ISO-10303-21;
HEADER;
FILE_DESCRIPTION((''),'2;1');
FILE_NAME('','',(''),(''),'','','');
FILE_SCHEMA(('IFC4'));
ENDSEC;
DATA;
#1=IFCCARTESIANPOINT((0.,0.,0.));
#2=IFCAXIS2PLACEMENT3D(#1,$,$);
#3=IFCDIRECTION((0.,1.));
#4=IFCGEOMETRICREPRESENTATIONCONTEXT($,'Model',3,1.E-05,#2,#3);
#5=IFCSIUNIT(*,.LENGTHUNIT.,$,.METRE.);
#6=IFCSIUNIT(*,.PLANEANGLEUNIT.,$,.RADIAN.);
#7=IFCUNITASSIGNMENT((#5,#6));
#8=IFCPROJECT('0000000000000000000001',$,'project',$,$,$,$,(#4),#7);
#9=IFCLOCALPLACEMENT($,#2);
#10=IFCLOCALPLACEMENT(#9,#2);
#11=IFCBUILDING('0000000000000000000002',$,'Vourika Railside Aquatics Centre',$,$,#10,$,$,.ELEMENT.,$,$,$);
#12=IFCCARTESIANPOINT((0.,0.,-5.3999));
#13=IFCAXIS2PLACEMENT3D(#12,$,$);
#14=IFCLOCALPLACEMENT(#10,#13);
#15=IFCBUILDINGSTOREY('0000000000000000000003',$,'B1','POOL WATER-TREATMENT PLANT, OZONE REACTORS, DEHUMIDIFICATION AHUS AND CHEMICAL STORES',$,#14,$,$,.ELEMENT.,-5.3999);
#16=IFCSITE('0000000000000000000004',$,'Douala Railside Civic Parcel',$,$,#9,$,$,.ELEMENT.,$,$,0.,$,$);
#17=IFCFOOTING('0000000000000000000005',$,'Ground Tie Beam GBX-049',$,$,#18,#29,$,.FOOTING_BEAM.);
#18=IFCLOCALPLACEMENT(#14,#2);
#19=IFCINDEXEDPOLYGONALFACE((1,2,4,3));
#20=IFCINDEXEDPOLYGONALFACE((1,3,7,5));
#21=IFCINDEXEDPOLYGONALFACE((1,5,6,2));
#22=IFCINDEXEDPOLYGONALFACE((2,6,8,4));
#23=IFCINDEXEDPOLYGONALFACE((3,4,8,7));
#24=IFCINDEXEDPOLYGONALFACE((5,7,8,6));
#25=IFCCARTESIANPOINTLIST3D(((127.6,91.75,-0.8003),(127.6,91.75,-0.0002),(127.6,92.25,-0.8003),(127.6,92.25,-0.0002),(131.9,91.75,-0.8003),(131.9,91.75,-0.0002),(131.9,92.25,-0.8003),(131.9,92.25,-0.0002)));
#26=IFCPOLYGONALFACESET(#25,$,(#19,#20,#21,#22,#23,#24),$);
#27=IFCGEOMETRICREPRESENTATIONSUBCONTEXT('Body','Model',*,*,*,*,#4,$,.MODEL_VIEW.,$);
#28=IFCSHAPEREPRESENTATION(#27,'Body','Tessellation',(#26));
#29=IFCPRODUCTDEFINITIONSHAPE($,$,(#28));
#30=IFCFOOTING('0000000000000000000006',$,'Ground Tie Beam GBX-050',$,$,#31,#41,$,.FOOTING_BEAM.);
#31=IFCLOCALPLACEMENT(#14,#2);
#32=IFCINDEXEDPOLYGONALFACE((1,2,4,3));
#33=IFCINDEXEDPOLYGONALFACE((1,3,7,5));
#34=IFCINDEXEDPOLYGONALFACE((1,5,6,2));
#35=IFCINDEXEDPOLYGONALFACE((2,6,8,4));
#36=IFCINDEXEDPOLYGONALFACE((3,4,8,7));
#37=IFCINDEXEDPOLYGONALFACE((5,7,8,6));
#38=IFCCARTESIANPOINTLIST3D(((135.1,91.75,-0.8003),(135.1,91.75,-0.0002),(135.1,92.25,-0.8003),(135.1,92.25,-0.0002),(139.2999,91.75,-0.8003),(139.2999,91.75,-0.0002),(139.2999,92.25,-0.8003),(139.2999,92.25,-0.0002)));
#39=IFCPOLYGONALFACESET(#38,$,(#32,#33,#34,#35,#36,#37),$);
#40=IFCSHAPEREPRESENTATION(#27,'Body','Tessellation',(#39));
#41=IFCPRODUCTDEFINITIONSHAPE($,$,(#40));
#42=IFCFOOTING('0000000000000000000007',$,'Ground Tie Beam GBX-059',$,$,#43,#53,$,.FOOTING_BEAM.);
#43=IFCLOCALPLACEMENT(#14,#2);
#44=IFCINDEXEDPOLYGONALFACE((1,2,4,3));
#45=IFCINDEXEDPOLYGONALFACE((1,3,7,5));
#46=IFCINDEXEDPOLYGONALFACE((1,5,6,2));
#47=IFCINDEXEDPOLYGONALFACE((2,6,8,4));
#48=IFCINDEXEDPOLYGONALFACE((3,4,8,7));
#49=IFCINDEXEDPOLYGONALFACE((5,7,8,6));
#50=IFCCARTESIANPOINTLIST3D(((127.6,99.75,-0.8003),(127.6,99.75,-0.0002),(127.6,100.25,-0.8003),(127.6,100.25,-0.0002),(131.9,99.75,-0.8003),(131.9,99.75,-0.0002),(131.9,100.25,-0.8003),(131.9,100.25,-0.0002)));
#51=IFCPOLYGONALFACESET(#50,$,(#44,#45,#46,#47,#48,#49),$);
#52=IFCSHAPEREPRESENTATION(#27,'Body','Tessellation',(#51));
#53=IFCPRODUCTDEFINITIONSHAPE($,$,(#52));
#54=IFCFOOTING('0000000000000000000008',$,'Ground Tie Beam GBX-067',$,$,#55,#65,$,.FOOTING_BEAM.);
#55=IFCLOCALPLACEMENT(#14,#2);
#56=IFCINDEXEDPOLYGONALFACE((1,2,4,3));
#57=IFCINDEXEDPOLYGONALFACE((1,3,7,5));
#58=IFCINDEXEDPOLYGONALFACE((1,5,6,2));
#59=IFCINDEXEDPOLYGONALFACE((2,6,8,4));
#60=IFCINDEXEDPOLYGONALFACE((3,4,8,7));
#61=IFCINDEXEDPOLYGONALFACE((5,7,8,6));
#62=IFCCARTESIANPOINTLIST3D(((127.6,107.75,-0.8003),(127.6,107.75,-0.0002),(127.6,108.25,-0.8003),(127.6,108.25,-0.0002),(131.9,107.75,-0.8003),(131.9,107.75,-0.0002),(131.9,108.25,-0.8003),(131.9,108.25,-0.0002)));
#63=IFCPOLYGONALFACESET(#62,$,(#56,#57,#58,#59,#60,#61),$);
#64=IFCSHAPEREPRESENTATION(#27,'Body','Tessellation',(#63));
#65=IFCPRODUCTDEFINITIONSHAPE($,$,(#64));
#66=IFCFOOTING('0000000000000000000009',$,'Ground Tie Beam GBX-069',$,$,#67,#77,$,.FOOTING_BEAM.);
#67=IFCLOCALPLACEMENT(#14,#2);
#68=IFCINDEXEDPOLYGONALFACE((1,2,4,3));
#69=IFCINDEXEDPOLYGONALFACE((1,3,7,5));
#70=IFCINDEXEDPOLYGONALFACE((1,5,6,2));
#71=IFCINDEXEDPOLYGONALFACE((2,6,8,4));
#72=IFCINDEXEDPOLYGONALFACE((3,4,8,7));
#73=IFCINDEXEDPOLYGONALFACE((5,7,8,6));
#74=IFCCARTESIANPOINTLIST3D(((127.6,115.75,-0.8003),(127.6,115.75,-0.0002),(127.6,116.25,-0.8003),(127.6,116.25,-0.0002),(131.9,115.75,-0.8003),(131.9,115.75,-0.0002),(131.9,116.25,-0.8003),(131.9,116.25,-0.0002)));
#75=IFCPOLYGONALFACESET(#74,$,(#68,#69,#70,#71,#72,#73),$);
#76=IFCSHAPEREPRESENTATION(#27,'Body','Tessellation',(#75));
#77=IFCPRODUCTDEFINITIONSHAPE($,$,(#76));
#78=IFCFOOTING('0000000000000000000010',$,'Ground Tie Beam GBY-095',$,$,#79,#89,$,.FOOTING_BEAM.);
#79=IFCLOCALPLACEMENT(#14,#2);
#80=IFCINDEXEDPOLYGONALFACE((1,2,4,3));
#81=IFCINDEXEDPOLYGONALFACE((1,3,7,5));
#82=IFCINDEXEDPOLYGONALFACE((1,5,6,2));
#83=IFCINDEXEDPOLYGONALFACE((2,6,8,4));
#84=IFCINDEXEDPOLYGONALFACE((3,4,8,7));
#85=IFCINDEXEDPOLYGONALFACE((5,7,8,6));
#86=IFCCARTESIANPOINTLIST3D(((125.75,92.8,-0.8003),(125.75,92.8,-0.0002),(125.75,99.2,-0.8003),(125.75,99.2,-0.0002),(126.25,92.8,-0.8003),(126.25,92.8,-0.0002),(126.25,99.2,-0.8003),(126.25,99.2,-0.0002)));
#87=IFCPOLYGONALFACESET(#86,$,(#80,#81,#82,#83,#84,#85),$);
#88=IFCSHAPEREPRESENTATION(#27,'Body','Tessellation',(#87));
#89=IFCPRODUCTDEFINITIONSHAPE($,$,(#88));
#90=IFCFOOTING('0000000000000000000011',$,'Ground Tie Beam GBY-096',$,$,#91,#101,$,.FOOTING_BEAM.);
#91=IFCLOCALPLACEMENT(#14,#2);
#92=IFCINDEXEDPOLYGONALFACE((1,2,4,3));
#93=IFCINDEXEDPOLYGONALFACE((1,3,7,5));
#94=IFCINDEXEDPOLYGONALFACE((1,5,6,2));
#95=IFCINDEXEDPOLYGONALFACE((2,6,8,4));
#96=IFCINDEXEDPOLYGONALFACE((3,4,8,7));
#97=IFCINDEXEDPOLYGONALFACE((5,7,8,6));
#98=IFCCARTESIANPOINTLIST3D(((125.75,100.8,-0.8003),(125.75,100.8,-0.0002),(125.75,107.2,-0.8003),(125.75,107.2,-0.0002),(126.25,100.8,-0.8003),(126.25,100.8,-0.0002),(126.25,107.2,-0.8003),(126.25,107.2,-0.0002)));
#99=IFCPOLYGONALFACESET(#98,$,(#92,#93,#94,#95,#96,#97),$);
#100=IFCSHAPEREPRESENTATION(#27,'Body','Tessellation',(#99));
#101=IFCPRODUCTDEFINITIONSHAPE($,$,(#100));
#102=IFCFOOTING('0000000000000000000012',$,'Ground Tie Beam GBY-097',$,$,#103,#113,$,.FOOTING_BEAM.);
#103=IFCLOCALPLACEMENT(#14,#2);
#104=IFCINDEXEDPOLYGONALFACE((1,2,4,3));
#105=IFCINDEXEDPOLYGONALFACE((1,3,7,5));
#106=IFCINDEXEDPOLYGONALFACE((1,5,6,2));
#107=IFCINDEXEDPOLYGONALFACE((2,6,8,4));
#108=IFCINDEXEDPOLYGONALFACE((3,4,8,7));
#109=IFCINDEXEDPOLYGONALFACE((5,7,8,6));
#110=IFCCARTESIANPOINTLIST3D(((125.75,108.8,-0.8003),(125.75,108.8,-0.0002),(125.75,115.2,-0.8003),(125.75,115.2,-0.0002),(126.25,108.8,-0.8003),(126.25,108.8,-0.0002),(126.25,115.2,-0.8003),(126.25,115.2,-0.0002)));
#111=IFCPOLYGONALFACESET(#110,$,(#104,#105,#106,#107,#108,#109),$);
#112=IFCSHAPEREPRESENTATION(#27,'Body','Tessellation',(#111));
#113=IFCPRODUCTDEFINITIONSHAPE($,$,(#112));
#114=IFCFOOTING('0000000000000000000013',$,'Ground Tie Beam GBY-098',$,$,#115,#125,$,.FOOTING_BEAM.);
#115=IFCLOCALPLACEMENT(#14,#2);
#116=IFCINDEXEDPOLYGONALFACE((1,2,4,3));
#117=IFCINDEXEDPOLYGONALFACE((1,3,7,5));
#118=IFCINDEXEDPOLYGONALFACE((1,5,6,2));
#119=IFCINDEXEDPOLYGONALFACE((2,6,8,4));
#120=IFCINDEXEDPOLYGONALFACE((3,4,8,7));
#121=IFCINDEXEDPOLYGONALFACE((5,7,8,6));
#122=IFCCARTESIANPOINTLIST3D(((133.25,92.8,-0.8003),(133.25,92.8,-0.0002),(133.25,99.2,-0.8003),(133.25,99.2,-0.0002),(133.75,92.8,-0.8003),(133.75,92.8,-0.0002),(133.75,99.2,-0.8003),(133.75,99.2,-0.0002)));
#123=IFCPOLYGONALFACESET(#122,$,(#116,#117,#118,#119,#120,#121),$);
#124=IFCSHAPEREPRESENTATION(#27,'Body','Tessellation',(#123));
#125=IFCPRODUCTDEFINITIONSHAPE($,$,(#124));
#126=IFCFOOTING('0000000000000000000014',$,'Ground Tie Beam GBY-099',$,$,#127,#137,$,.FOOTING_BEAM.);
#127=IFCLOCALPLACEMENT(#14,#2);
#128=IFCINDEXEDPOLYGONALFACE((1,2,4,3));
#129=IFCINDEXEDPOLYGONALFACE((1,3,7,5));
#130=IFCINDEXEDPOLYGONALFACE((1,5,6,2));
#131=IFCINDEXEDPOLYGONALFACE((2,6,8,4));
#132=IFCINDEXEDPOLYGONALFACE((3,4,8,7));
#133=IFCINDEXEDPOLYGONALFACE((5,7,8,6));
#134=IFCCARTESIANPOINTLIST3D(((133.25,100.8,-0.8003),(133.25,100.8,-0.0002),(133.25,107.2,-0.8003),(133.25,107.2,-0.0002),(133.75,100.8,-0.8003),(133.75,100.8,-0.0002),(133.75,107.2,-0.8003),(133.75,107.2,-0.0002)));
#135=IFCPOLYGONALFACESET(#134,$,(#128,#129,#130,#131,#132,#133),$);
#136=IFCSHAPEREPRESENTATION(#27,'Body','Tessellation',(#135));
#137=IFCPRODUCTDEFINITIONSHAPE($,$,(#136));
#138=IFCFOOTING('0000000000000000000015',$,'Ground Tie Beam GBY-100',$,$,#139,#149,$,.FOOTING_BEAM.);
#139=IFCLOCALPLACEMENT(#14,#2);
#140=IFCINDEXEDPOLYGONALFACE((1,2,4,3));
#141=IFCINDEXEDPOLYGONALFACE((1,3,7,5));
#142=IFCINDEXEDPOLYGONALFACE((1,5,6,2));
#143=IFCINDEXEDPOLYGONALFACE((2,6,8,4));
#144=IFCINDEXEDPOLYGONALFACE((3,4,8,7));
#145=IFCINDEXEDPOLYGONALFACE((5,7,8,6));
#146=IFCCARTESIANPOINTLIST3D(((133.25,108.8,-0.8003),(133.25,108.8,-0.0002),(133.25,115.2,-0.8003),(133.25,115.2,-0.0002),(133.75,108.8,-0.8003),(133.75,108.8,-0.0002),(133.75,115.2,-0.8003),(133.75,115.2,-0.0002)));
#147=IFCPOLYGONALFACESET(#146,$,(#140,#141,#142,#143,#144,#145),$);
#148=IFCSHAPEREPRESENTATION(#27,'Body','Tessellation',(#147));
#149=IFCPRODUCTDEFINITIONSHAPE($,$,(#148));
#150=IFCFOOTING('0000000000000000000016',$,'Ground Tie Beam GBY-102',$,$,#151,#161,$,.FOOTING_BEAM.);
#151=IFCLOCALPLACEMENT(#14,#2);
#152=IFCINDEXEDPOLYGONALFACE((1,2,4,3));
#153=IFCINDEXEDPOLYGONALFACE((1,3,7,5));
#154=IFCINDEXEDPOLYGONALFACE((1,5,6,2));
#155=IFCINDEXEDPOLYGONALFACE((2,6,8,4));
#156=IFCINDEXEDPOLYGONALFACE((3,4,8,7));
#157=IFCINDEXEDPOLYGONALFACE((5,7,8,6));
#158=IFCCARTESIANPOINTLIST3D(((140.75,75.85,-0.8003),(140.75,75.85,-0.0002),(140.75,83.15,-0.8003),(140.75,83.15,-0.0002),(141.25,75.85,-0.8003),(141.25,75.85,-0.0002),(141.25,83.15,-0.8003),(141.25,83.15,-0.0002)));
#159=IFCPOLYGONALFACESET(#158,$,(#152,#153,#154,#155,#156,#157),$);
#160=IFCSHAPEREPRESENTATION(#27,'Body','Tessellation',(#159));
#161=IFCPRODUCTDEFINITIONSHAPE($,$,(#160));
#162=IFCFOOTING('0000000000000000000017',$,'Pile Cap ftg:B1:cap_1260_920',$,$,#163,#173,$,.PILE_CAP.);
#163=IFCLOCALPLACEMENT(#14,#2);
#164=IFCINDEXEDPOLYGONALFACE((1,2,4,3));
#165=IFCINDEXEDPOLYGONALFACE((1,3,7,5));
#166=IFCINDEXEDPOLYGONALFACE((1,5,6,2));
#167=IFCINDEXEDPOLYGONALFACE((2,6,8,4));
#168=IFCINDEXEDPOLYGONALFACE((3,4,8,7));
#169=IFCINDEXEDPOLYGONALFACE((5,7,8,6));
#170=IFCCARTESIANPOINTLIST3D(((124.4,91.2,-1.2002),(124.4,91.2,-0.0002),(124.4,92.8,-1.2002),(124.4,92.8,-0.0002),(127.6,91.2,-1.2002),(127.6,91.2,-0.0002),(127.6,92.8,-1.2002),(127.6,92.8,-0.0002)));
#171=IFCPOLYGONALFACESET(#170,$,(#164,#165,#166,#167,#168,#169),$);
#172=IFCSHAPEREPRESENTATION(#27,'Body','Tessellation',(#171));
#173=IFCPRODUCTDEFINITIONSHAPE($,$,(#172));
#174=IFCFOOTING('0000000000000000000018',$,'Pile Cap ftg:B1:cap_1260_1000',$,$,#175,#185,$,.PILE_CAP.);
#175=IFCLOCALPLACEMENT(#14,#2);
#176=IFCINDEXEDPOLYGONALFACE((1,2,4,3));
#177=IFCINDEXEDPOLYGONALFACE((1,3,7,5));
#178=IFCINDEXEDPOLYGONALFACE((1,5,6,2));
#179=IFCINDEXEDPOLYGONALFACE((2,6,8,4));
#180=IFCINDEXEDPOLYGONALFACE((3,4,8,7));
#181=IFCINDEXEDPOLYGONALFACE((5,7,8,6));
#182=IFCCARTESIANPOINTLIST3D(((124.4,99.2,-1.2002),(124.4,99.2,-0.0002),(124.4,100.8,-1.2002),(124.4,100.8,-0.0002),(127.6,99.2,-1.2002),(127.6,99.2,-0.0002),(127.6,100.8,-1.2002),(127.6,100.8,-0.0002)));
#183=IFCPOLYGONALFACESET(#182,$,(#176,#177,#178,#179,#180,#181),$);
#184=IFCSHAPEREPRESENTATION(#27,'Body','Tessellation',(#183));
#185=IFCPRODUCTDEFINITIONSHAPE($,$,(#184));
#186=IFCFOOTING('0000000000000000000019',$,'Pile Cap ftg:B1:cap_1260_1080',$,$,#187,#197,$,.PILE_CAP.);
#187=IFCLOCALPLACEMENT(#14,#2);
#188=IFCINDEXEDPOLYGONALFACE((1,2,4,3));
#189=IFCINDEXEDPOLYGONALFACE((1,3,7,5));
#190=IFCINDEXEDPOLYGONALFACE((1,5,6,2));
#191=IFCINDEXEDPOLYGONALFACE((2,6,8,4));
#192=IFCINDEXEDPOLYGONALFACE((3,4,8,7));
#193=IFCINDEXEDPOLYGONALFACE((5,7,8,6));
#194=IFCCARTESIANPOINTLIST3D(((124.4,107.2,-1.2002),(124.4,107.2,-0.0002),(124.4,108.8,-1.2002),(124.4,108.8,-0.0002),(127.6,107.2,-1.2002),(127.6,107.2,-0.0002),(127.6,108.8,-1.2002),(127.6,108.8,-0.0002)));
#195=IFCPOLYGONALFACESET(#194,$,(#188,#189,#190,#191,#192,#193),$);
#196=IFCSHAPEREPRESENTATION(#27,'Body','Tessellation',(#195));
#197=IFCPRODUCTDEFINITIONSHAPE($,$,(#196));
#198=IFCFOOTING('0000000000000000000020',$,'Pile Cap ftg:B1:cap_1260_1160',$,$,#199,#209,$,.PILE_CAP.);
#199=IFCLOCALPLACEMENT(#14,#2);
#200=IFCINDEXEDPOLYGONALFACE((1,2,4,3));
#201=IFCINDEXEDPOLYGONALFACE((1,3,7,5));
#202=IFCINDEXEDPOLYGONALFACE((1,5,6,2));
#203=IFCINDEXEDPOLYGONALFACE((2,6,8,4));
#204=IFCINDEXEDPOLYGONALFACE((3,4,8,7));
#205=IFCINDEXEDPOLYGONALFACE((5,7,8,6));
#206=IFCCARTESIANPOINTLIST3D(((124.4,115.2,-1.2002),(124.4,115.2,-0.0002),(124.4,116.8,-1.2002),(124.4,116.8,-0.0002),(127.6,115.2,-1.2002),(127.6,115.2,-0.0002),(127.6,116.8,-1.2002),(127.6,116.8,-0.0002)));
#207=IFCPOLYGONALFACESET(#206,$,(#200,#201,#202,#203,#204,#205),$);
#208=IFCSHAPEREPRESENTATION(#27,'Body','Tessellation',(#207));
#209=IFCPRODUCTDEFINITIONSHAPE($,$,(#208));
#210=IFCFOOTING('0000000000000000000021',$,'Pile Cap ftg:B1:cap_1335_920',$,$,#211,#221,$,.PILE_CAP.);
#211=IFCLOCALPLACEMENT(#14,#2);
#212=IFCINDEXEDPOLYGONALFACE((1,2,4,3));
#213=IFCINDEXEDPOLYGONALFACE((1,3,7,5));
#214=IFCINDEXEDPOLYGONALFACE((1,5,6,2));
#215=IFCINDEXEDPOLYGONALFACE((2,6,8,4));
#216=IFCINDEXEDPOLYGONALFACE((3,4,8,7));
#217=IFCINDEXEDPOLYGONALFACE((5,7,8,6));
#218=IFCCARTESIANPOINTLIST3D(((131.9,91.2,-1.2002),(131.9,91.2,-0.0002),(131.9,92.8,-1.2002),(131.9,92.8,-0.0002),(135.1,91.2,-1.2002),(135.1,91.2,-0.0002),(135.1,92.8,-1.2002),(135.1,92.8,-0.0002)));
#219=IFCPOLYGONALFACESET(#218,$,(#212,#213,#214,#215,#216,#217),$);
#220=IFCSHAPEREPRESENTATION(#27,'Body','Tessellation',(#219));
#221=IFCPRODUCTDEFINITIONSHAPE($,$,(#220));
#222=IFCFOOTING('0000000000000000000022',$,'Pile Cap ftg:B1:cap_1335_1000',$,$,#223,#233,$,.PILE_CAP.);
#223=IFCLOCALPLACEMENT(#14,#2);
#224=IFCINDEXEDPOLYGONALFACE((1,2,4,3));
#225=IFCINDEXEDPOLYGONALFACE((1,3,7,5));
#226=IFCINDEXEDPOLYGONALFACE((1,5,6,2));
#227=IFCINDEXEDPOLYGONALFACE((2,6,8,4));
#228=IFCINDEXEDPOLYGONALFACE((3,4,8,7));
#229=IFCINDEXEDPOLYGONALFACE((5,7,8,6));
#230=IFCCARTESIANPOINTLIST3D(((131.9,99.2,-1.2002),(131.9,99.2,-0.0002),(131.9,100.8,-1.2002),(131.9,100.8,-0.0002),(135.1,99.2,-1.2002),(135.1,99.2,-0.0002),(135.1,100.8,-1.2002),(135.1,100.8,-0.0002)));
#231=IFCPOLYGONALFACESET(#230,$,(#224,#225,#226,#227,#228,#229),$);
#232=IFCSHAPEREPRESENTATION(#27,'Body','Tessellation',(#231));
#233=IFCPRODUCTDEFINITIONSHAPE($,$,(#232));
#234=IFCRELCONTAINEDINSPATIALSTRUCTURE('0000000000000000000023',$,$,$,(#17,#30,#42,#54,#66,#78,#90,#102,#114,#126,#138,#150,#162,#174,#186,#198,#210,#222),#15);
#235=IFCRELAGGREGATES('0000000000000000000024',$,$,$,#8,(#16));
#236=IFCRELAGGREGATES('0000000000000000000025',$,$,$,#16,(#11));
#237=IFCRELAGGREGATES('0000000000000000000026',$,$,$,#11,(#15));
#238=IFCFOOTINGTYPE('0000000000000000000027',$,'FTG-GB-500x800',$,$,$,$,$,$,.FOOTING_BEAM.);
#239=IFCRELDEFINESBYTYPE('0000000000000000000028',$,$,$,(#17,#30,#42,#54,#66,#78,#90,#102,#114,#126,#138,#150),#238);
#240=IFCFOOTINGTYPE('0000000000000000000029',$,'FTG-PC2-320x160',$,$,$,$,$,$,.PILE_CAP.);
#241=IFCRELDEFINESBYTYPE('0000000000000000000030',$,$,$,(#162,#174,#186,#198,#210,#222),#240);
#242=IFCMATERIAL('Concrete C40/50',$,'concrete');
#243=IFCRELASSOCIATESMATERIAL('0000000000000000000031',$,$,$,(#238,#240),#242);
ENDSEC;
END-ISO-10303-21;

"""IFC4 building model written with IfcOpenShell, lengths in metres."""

from ifc_helpers import new_model, si_unit, direction, frame, origin, origin_2d, place, context, subcontext, project, spatial, rectangle, extrude, material, type_object, element, save


model = new_model("IFC4")

# Units and contexts
model_context = context("Model", 3, precision=1e-05, world=origin(), true_north=direction((0.0, 1.0)))
body_context = subcontext(model_context, "Body", "Model", "MODEL_VIEW")
ifc_project = project(units=[si_unit("LENGTHUNIT", "METRE"), si_unit("PLANEANGLEUNIT", "RADIAN")], contexts=[model_context])

# Site, building, storey
site_placement = place(None, origin())
site = spatial("IfcSite", under=ifc_project, at=site_placement, Name="Douala Railside Civic Parcel", CompositionType="ELEMENT", RefElevation=0.0)
building_placement = place(site_placement, origin())
building = spatial("IfcBuilding", under=site, at=building_placement, Name="Vourika Railside Aquatics Centre", CompositionType="ELEMENT")
storey_placement = place(building_placement, frame((0.0, 0.0, -5.3999)))
storey = spatial("IfcBuildingStorey", under=building, at=storey_placement, Name="B1", Description="POOL WATER-TREATMENT PLANT, OZONE REACTORS, DEHUMIDIFICATION AHUS AND CHEMICAL STORES", CompositionType="ELEMENT", Elevation=-5.3999)

# Footings
ifc_material = material(Name="Concrete C40/50", Category="concrete")
footing_type_1 = type_object("IfcFootingType", Name="FTG-GB-500x800", PredefinedType="FOOTING_BEAM", material=ifc_material)
footing_1_placement = place(storey_placement, frame((129.75, 92.0, -0.8003), z_axis=(0.0, 0.0, 1.0), x_axis=(1.0, 0.0, 0.0)))
element("IfcFooting", 1, at=footing_1_placement, inside=storey, type_object=footing_type_1, Name="Ground Tie Beam GBX-049", PredefinedType="FOOTING_BEAM", context=body_context, shape_type="SweptSolid", body=[
    extrude(rectangle(XDim=4.3, YDim=0.5, at=origin_2d()), origin(), (0.0, 0.0, 1.0), 0.8),
])
footing_2_placement = place(storey_placement, frame((137.2, 92.0, -0.8003), z_axis=(0.0, 0.0, 1.0), x_axis=(1.0, 0.0, 0.0)))
element("IfcFooting", 2, at=footing_2_placement, inside=storey, type_object=footing_type_1, Name="Ground Tie Beam GBX-050", PredefinedType="FOOTING_BEAM", context=body_context, shape_type="SweptSolid", body=[
    extrude(rectangle(XDim=4.2, YDim=0.5, at=origin_2d()), origin(), (0.0, 0.0, 1.0), 0.8),
])
for number, where, z_axis, x_axis, name in (
    (3, (129.75, 100.0, -0.8003), (0.0, 0.0, 1.0), (1.0, 0.0, 0.0), "Ground Tie Beam GBX-059"),
    (4, (129.75, 108.0, -0.8003), (0.0, 0.0, 1.0), (1.0, 0.0, 0.0), "Ground Tie Beam GBX-067"),
    (5, (129.75, 116.0, -0.8003), (0.0, 0.0, 1.0), (1.0, 0.0, 0.0), "Ground Tie Beam GBX-069"),
):
    element("IfcFooting", number, at=place(storey_placement, frame(where, z_axis=z_axis, x_axis=x_axis)), inside=storey, type_object=footing_type_1, Name=name, PredefinedType="FOOTING_BEAM", context=body_context, shape_type="SweptSolid", body=[
        extrude(rectangle(XDim=4.3, YDim=0.5, at=origin_2d()), origin(), (0.0, 0.0, 1.0), 0.8),
    ])
for number, where, z_axis, x_axis, name in (
    (6, (126.0, 96.0, -0.8003), (0.0, 0.0, 1.0), (0.0, 1.0, 0.0), "Ground Tie Beam GBY-095"),
    (7, (126.0, 104.0, -0.8003), (0.0, 0.0, 1.0), (0.0, 1.0, 0.0), "Ground Tie Beam GBY-096"),
    (8, (126.0, 112.0, -0.8003), (0.0, 0.0, 1.0), (0.0, 1.0, 0.0), "Ground Tie Beam GBY-097"),
    (9, (133.5, 96.0, -0.8003), (0.0, 0.0, 1.0), (0.0, 1.0, 0.0), "Ground Tie Beam GBY-098"),
    (10, (133.5, 104.0, -0.8003), (0.0, 0.0, 1.0), (0.0, 1.0, 0.0), "Ground Tie Beam GBY-099"),
    (11, (133.5, 112.0, -0.8003), (0.0, 0.0, 1.0), (0.0, 1.0, 0.0), "Ground Tie Beam GBY-100"),
):
    element("IfcFooting", number, at=place(storey_placement, frame(where, z_axis=z_axis, x_axis=x_axis)), inside=storey, type_object=footing_type_1, Name=name, PredefinedType="FOOTING_BEAM", context=body_context, shape_type="SweptSolid", body=[
        extrude(rectangle(XDim=6.3999, YDim=0.5, at=origin_2d()), origin(), (0.0, 0.0, 1.0), 0.8),
    ])
footing_3_placement = place(storey_placement, frame((141.0, 79.5, -0.8003), z_axis=(0.0, 0.0, 1.0), x_axis=(0.0, 1.0, 0.0)))
element("IfcFooting", 12, at=footing_3_placement, inside=storey, type_object=footing_type_1, Name="Ground Tie Beam GBY-102", PredefinedType="FOOTING_BEAM", context=body_context, shape_type="SweptSolid", body=[
    extrude(rectangle(XDim=7.3, YDim=0.5, at=origin_2d()), origin(), (0.0, 0.0, 1.0), 0.8),
])
footing_type_2 = type_object("IfcFootingType", Name="FTG-PC2-320x160", PredefinedType="PILE_CAP", material=ifc_material)
for number, where, z_axis, x_axis, name in (
    (13, (126.0, 92.0, -1.2002), (0.0, 0.0, 1.0), (1.0, 0.0, 0.0), "Pile Cap ftg:B1:cap_1260_920"),
    (14, (126.0, 100.0, -1.2002), (0.0, 0.0, 1.0), (1.0, 0.0, 0.0), "Pile Cap ftg:B1:cap_1260_1000"),
    (15, (126.0, 108.0, -1.2002), (0.0, 0.0, 1.0), (1.0, 0.0, 0.0), "Pile Cap ftg:B1:cap_1260_1080"),
    (16, (126.0, 116.0, -1.2002), (0.0, 0.0, 1.0), (1.0, 0.0, 0.0), "Pile Cap ftg:B1:cap_1260_1160"),
    (17, (133.5, 92.0, -1.2002), (0.0, 0.0, 1.0), (1.0, 0.0, 0.0), "Pile Cap ftg:B1:cap_1335_920"),
    (18, (133.5, 100.0, -1.2002), (0.0, 0.0, 1.0), (1.0, 0.0, 0.0), "Pile Cap ftg:B1:cap_1335_1000"),
):
    element("IfcFooting", number, at=place(storey_placement, frame(where, z_axis=z_axis, x_axis=x_axis)), inside=storey, type_object=footing_type_2, Name=name, PredefinedType="PILE_CAP", context=body_context, shape_type="SweptSolid", body=[
        extrude(rectangle(XDim=3.2, YDim=1.6001, at=origin_2d()), origin(), (0.0, 0.0, 1.0), 1.2),
    ])

save(model, "model.ifc")
